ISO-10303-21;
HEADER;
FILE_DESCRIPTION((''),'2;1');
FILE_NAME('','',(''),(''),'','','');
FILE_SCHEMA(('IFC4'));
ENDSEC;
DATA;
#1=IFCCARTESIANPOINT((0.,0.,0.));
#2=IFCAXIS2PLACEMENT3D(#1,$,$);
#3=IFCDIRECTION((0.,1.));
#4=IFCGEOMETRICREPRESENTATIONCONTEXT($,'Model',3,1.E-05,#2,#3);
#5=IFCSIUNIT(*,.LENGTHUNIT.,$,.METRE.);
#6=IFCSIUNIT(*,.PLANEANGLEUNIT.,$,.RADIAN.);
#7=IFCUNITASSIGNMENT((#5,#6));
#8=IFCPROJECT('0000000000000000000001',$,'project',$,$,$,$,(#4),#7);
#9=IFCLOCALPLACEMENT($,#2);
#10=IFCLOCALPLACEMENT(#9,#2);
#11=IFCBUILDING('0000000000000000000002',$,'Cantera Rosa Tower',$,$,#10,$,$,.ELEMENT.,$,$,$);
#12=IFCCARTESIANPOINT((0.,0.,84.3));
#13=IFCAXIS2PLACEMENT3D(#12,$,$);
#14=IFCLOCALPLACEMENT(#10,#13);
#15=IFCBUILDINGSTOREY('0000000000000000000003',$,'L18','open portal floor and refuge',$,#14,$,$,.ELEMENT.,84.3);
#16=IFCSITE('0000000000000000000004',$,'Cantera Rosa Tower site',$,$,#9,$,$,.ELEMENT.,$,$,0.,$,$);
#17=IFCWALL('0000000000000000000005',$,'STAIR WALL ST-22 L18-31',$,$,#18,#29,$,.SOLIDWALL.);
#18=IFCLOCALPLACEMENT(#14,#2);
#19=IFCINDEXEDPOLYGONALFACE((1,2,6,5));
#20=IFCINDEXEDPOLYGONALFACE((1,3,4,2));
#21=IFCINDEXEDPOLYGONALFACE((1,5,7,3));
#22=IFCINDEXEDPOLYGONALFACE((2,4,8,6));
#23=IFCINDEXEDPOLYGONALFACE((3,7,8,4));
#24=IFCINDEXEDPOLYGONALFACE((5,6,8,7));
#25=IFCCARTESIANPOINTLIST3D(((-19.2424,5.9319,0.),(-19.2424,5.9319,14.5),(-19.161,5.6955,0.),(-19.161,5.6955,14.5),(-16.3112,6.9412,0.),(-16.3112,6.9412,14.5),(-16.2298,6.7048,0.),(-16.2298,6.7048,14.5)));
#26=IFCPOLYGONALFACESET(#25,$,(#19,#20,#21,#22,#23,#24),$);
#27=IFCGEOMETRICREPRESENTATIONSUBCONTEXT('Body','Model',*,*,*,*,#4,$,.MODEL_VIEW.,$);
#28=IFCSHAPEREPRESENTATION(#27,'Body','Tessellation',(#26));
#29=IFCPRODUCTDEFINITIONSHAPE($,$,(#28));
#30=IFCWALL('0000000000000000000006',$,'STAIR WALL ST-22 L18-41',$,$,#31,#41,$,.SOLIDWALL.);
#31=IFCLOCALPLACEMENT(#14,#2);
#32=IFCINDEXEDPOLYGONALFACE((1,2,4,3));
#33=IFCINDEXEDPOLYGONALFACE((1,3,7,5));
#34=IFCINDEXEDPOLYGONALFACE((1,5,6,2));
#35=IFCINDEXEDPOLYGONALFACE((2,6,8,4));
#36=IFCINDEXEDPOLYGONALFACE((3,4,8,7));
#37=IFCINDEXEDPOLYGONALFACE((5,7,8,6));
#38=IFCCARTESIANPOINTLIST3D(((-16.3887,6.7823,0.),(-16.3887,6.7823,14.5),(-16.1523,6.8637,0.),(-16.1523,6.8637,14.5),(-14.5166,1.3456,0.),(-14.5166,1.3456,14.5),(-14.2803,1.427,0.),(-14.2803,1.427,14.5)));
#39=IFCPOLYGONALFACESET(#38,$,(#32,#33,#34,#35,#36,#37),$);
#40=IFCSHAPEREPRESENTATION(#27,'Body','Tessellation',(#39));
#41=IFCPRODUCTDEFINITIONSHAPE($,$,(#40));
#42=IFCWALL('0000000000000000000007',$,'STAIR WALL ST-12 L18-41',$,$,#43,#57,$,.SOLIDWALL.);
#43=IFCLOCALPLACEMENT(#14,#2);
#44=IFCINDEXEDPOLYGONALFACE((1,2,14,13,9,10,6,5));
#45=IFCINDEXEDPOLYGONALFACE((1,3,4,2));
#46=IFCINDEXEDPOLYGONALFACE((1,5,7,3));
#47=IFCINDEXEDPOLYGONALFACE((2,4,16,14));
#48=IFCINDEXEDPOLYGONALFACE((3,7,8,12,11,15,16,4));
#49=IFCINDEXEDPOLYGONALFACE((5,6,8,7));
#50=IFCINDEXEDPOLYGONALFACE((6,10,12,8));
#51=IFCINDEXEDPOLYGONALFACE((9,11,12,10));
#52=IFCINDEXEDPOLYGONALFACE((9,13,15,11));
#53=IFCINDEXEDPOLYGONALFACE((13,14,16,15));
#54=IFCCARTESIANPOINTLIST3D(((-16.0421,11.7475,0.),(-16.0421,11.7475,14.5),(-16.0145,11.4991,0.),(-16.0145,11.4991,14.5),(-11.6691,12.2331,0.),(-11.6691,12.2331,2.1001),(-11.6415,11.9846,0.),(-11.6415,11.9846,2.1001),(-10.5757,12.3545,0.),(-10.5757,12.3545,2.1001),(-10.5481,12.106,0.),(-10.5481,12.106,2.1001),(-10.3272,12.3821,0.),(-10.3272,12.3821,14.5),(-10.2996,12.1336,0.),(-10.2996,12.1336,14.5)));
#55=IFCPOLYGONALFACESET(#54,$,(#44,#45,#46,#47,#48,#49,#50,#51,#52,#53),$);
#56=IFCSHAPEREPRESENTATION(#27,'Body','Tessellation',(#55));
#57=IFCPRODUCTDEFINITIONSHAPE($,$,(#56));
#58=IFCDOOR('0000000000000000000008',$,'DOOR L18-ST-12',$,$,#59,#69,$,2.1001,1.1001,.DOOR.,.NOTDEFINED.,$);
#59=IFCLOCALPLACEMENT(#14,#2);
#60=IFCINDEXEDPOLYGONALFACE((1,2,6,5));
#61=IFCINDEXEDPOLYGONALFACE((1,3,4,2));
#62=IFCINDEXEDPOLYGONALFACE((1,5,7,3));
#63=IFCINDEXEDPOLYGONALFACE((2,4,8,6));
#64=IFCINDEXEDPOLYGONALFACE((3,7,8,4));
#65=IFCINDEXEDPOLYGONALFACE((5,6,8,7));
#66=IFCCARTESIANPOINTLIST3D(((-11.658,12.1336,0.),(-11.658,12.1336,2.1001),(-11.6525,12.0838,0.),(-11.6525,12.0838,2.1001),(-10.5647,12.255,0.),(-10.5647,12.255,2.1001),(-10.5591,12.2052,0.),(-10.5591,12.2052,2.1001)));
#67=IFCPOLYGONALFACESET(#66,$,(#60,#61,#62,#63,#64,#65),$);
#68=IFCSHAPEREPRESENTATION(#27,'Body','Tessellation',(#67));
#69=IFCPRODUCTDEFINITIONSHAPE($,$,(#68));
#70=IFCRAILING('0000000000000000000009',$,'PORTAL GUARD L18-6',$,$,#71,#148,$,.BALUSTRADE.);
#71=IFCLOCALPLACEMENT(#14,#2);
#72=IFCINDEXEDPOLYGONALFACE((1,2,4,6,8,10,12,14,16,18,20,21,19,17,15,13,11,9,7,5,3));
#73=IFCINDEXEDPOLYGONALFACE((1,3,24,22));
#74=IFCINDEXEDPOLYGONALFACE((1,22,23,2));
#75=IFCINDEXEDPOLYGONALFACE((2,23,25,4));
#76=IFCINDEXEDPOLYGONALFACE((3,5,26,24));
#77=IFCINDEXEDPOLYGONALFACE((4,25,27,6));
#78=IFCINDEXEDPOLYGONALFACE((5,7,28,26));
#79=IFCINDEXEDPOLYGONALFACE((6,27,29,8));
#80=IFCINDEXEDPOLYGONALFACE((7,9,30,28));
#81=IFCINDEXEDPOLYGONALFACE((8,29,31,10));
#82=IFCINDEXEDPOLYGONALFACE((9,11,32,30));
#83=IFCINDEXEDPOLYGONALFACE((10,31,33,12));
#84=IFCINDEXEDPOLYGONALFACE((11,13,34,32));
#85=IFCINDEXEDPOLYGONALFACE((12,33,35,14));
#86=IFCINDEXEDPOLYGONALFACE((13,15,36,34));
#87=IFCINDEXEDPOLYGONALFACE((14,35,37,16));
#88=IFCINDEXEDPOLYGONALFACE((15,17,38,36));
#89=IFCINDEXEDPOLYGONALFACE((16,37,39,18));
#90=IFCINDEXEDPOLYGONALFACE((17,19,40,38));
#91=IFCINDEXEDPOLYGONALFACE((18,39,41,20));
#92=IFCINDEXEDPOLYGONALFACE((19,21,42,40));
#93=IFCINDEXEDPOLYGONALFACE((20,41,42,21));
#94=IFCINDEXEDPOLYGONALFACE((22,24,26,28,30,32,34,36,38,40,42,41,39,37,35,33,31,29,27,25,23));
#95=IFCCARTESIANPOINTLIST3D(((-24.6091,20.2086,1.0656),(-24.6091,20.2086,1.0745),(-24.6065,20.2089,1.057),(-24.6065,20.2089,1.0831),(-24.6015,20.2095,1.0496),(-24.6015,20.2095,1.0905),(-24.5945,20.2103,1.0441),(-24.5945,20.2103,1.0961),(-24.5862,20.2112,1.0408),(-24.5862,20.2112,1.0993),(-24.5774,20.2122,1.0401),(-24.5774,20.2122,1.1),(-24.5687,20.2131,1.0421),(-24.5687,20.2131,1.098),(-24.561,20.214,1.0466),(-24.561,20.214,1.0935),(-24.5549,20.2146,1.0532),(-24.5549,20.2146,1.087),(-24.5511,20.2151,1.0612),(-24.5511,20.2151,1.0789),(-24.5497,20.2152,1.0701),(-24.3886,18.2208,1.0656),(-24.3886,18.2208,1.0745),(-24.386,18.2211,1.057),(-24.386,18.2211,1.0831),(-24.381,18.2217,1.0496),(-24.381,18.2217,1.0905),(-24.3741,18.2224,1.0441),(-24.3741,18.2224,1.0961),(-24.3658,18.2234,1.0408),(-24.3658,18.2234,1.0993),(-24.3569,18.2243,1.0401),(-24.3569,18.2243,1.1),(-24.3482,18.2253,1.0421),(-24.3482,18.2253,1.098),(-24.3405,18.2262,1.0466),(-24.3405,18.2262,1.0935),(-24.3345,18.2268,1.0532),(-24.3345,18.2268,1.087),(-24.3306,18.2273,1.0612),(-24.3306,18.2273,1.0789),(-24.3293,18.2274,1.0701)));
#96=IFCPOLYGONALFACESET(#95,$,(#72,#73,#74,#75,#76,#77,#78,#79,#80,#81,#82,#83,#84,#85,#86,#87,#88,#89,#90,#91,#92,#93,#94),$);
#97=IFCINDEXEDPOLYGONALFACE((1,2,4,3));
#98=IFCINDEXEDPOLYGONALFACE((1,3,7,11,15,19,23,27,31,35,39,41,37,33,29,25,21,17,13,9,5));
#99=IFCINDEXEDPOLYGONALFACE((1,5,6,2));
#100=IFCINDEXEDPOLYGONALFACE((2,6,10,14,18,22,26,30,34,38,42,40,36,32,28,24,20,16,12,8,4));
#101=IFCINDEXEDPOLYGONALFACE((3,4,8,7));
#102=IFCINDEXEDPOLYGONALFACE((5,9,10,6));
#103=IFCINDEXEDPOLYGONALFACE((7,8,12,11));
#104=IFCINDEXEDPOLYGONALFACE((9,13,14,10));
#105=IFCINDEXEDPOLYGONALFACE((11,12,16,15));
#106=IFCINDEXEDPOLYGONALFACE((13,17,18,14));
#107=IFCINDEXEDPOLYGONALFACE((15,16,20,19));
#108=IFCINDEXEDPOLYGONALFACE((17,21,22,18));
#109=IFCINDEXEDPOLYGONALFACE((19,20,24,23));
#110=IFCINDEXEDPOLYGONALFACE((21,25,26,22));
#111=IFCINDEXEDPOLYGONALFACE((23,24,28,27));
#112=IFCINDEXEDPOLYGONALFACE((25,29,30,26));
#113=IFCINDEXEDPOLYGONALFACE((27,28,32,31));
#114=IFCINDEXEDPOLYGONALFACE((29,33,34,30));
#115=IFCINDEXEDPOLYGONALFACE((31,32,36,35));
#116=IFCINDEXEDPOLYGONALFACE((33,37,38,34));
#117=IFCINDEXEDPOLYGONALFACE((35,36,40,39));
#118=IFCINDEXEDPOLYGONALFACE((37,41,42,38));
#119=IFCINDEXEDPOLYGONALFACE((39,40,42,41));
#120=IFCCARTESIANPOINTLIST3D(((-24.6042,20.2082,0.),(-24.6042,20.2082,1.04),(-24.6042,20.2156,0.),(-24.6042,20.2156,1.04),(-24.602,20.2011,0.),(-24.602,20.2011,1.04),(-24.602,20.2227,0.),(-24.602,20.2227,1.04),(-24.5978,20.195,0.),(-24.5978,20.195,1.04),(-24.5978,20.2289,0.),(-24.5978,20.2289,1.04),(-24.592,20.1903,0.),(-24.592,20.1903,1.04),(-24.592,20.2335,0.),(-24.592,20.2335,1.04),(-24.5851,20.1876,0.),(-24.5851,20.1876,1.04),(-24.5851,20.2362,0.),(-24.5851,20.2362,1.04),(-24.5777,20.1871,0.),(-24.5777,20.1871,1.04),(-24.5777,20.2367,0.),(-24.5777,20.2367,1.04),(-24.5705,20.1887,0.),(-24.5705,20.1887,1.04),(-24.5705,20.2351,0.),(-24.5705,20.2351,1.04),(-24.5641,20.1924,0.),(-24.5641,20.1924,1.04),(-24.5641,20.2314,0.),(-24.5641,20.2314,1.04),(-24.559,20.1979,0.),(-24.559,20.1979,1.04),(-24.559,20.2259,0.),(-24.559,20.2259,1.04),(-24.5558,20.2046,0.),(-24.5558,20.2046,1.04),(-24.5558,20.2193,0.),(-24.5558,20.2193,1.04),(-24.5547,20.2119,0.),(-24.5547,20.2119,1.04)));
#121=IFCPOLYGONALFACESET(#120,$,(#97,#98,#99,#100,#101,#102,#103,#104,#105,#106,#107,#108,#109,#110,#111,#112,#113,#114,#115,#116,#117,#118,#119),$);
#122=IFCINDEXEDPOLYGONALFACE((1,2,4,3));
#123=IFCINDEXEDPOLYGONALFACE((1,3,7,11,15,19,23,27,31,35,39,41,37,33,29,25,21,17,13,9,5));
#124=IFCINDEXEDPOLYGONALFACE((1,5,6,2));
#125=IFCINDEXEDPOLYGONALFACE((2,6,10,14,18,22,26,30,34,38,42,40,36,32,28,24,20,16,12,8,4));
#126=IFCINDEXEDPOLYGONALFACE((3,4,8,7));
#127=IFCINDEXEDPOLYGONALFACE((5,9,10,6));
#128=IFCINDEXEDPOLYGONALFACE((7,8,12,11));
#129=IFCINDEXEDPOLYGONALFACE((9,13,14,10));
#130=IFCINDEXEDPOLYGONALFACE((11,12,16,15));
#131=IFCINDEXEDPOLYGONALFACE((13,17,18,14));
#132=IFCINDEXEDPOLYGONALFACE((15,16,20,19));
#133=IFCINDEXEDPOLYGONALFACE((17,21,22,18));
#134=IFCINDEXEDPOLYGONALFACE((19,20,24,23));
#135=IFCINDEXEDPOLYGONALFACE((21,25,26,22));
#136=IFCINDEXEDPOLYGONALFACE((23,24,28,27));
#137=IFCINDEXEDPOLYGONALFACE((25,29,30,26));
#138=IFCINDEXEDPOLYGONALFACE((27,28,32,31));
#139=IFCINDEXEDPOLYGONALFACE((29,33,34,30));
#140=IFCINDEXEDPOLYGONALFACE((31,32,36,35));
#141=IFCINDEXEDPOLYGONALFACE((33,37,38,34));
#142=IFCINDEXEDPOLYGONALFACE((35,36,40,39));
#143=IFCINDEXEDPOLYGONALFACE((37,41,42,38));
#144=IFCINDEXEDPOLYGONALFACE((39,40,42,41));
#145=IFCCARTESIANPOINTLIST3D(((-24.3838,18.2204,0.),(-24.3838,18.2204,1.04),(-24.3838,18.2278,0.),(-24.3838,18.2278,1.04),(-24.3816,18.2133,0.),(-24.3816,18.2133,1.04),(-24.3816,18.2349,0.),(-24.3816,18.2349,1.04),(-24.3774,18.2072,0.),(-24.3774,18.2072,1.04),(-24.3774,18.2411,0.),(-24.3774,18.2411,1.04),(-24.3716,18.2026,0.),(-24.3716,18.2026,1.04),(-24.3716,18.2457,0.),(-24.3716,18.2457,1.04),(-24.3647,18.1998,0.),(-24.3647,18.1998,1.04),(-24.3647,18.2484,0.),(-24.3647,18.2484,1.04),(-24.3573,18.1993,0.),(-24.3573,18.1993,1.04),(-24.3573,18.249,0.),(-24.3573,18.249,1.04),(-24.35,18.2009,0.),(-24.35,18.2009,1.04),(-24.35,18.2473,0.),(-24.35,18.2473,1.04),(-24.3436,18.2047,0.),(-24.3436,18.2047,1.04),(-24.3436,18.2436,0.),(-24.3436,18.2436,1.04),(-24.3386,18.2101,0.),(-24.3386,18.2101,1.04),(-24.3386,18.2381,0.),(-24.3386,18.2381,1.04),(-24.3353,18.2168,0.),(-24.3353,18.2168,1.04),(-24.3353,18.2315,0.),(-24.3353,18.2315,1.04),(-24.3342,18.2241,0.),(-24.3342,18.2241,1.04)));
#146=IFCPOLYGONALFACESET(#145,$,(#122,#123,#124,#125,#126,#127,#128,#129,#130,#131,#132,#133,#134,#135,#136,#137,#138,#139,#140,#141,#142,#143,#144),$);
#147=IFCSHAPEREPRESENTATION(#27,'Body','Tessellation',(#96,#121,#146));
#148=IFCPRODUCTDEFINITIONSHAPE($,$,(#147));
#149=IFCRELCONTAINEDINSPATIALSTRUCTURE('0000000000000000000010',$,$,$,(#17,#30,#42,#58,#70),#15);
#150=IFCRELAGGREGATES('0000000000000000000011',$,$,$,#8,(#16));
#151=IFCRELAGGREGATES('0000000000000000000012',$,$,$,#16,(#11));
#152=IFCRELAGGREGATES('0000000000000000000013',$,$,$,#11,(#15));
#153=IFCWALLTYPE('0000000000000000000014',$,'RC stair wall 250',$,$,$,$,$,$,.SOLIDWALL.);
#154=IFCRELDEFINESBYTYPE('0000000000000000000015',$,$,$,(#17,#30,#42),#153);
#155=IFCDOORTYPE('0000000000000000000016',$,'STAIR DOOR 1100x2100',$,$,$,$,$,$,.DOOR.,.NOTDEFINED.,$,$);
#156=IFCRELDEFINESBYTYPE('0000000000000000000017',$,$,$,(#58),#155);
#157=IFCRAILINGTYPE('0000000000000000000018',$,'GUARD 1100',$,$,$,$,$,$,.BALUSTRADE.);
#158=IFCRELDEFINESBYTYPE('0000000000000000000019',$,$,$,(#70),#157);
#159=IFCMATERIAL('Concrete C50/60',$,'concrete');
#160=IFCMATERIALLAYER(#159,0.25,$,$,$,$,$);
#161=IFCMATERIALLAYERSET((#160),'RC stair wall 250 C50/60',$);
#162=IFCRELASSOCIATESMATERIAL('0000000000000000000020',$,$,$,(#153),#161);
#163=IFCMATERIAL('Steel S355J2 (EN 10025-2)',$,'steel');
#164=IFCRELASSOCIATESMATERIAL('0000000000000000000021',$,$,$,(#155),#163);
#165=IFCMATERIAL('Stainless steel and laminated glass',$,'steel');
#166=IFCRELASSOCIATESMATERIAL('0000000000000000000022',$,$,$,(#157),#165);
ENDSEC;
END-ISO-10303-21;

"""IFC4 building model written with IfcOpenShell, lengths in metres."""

from ifc_helpers import new_model, si_unit, direction, frame, frame_2d, origin, origin_2d, place, context, subcontext, project, spatial, rectangle, circle, extrude, material, layer, layer_set, type_object, element, fill, save


model = new_model("IFC4")

# Units and contexts
model_context = context("Model", 3, precision=1e-05, world=origin(), true_north=direction((0.0, 1.0)))
body_context = subcontext(model_context, "Body", "Model", "MODEL_VIEW")
ifc_project = project(units=[si_unit("LENGTHUNIT", "METRE"), si_unit("PLANEANGLEUNIT", "RADIAN")], contexts=[model_context])

# Site, building, storey
site_placement = place(None, origin())
site = spatial("IfcSite", under=ifc_project, at=site_placement, Name="Cantera Rosa Tower site", CompositionType="ELEMENT", RefElevation=0.0)
building_placement = place(site_placement, origin())
building = spatial("IfcBuilding", under=site, at=building_placement, Name="Cantera Rosa Tower", CompositionType="ELEMENT")
storey_placement = place(building_placement, frame((0.0, 0.0, 84.3)))
storey = spatial("IfcBuildingStorey", under=building, at=storey_placement, Name="L18", Description="open portal floor and refuge", CompositionType="ELEMENT", Elevation=84.3)

# Walls
ifc_material_1 = material(Name="Concrete C50/60", Category="concrete")
ifc_layer = layer(ifc_material_1, 0.25)
ifc_layer_set = layer_set([ifc_layer], Name="RC stair wall 250 C50/60")
wall_type = type_object("IfcWallType", Name="RC stair wall 250", PredefinedType="SOLIDWALL", material=ifc_layer_set)
wall_1_placement = place(storey_placement, frame((-19.2017, 5.8137, 0.0), z_axis=(0.0, 0.0, 1.0), x_axis=(0.945519, 0.325568, 0.0)))
element("IfcWall", 1, at=wall_1_placement, inside=storey, type_object=wall_type, Name="STAIR WALL ST-22 L18-31", PredefinedType="SOLIDWALL", context=body_context, shape_type="SweptSolid", body=[
    extrude(rectangle(XDim=3.1001, YDim=0.25, at=frame_2d((1.55, 0.0))), origin(), (0.0, 0.0, 1.0), 14.5),
])
wall_2_placement = place(storey_placement, frame((-16.2705, 6.823, 0.0), z_axis=(0.0, 0.0, 1.0), x_axis=(0.325575, -0.945516, 0.0)))
element("IfcWall", 2, at=wall_2_placement, inside=storey, type_object=wall_type, Name="STAIR WALL ST-22 L18-41", PredefinedType="SOLIDWALL", context=body_context, shape_type="SweptSolid", body=[
    extrude(rectangle(XDim=5.75, YDim=0.25, at=frame_2d((2.875, 0.0))), origin(), (0.0, 0.0, 1.0), 14.5),
])

# Wall, opening, door
wall_3_placement = place(storey_placement, frame((-16.0283, 11.6233, 0.0), z_axis=(0.0, 0.0, 1.0), x_axis=(0.993893, 0.110352, 0.0)))
wall_3 = element("IfcWall", 3, at=wall_3_placement, inside=storey, type_object=wall_type, Name="STAIR WALL ST-12 L18-41", PredefinedType="SOLIDWALL", context=body_context, shape_type="SweptSolid", body=[
    extrude(rectangle(XDim=5.75, YDim=0.25, at=frame_2d((2.875, 0.0))), origin(), (0.0, 0.0, 1.0), 14.5),
])
opening_placement = place(wall_3_placement, frame((4.3999, 0.0, 0.0)))
opening = element("IfcOpeningElement", 4, at=opening_placement, cuts=wall_3, PredefinedType="OPENING", context=body_context, shape_type="SweptSolid", body=[
    extrude(rectangle(XDim=1.1001, YDim=2.1001, at=frame_2d((0.55, 1.05))), frame((0.0, 0.135, 0.0), z_axis=(0.0, -1.0, 0.0), x_axis=(1.0, 0.0, 0.0)), (0.0, 0.0, 1.0), 0.27),
])
ifc_material_2 = material(Name="Steel S355J2 (EN 10025-2)", Category="steel")
door_type = type_object("IfcDoorType", Name="STAIR DOOR 1100x2100", OperationType="NOTDEFINED", PredefinedType="DOOR", material=ifc_material_2)
door_placement = place(opening_placement, origin())
door = element("IfcDoor", 5, at=door_placement, inside=storey, type_object=door_type, Name="DOOR L18-ST-12", OperationType="NOTDEFINED", OverallHeight=2.1001, OverallWidth=1.1001, PredefinedType="DOOR", context=body_context, shape_type="SweptSolid", body=[
    extrude(rectangle(XDim=1.1001, YDim=2.1001, at=frame_2d((0.55, 1.05))), frame((0.0, 0.0249, 0.0), z_axis=(0.0, -1.0, 0.0), x_axis=(1.0, 0.0, 0.0)), (0.0, 0.0, 1.0), 0.05),
])
fill(opening, door)

# Railing
ifc_material_3 = material(Name="Stainless steel and laminated glass", Category="steel")
railing_type_1 = type_object("IfcRailingType", Name="GUARD 1100", PredefinedType="BALUSTRADE", material=ifc_material_3)
railing_1_placement = place(storey_placement, frame((-24.5796, 20.2119, 0.0)))
element("IfcRailing", 6, at=railing_1_placement, inside=storey, type_object=railing_type_1, Name="PORTAL GUARD L18-6", PredefinedType="BALUSTRADE", context=body_context, shape_type="SweptSolid", body=[
    extrude(circle(Radius=0.03, at=origin_2d()), frame((0.0, 0.0, 1.0701), z_axis=(0.110231, -0.993906, 0.0), x_axis=(0.993906, 0.110231, 0.0)), (0.0, 0.0, 1.0), 2.0),
    extrude(circle(Radius=0.0249, at=origin_2d()), origin(), (0.0, 0.0, 1.0), 1.04),
    extrude(circle(Radius=0.0249, at=origin_2d()), frame((0.2205, -1.9878, 0.0)), (0.0, 0.0, 1.0), 1.04),
])

save(model, "model.ifc")
